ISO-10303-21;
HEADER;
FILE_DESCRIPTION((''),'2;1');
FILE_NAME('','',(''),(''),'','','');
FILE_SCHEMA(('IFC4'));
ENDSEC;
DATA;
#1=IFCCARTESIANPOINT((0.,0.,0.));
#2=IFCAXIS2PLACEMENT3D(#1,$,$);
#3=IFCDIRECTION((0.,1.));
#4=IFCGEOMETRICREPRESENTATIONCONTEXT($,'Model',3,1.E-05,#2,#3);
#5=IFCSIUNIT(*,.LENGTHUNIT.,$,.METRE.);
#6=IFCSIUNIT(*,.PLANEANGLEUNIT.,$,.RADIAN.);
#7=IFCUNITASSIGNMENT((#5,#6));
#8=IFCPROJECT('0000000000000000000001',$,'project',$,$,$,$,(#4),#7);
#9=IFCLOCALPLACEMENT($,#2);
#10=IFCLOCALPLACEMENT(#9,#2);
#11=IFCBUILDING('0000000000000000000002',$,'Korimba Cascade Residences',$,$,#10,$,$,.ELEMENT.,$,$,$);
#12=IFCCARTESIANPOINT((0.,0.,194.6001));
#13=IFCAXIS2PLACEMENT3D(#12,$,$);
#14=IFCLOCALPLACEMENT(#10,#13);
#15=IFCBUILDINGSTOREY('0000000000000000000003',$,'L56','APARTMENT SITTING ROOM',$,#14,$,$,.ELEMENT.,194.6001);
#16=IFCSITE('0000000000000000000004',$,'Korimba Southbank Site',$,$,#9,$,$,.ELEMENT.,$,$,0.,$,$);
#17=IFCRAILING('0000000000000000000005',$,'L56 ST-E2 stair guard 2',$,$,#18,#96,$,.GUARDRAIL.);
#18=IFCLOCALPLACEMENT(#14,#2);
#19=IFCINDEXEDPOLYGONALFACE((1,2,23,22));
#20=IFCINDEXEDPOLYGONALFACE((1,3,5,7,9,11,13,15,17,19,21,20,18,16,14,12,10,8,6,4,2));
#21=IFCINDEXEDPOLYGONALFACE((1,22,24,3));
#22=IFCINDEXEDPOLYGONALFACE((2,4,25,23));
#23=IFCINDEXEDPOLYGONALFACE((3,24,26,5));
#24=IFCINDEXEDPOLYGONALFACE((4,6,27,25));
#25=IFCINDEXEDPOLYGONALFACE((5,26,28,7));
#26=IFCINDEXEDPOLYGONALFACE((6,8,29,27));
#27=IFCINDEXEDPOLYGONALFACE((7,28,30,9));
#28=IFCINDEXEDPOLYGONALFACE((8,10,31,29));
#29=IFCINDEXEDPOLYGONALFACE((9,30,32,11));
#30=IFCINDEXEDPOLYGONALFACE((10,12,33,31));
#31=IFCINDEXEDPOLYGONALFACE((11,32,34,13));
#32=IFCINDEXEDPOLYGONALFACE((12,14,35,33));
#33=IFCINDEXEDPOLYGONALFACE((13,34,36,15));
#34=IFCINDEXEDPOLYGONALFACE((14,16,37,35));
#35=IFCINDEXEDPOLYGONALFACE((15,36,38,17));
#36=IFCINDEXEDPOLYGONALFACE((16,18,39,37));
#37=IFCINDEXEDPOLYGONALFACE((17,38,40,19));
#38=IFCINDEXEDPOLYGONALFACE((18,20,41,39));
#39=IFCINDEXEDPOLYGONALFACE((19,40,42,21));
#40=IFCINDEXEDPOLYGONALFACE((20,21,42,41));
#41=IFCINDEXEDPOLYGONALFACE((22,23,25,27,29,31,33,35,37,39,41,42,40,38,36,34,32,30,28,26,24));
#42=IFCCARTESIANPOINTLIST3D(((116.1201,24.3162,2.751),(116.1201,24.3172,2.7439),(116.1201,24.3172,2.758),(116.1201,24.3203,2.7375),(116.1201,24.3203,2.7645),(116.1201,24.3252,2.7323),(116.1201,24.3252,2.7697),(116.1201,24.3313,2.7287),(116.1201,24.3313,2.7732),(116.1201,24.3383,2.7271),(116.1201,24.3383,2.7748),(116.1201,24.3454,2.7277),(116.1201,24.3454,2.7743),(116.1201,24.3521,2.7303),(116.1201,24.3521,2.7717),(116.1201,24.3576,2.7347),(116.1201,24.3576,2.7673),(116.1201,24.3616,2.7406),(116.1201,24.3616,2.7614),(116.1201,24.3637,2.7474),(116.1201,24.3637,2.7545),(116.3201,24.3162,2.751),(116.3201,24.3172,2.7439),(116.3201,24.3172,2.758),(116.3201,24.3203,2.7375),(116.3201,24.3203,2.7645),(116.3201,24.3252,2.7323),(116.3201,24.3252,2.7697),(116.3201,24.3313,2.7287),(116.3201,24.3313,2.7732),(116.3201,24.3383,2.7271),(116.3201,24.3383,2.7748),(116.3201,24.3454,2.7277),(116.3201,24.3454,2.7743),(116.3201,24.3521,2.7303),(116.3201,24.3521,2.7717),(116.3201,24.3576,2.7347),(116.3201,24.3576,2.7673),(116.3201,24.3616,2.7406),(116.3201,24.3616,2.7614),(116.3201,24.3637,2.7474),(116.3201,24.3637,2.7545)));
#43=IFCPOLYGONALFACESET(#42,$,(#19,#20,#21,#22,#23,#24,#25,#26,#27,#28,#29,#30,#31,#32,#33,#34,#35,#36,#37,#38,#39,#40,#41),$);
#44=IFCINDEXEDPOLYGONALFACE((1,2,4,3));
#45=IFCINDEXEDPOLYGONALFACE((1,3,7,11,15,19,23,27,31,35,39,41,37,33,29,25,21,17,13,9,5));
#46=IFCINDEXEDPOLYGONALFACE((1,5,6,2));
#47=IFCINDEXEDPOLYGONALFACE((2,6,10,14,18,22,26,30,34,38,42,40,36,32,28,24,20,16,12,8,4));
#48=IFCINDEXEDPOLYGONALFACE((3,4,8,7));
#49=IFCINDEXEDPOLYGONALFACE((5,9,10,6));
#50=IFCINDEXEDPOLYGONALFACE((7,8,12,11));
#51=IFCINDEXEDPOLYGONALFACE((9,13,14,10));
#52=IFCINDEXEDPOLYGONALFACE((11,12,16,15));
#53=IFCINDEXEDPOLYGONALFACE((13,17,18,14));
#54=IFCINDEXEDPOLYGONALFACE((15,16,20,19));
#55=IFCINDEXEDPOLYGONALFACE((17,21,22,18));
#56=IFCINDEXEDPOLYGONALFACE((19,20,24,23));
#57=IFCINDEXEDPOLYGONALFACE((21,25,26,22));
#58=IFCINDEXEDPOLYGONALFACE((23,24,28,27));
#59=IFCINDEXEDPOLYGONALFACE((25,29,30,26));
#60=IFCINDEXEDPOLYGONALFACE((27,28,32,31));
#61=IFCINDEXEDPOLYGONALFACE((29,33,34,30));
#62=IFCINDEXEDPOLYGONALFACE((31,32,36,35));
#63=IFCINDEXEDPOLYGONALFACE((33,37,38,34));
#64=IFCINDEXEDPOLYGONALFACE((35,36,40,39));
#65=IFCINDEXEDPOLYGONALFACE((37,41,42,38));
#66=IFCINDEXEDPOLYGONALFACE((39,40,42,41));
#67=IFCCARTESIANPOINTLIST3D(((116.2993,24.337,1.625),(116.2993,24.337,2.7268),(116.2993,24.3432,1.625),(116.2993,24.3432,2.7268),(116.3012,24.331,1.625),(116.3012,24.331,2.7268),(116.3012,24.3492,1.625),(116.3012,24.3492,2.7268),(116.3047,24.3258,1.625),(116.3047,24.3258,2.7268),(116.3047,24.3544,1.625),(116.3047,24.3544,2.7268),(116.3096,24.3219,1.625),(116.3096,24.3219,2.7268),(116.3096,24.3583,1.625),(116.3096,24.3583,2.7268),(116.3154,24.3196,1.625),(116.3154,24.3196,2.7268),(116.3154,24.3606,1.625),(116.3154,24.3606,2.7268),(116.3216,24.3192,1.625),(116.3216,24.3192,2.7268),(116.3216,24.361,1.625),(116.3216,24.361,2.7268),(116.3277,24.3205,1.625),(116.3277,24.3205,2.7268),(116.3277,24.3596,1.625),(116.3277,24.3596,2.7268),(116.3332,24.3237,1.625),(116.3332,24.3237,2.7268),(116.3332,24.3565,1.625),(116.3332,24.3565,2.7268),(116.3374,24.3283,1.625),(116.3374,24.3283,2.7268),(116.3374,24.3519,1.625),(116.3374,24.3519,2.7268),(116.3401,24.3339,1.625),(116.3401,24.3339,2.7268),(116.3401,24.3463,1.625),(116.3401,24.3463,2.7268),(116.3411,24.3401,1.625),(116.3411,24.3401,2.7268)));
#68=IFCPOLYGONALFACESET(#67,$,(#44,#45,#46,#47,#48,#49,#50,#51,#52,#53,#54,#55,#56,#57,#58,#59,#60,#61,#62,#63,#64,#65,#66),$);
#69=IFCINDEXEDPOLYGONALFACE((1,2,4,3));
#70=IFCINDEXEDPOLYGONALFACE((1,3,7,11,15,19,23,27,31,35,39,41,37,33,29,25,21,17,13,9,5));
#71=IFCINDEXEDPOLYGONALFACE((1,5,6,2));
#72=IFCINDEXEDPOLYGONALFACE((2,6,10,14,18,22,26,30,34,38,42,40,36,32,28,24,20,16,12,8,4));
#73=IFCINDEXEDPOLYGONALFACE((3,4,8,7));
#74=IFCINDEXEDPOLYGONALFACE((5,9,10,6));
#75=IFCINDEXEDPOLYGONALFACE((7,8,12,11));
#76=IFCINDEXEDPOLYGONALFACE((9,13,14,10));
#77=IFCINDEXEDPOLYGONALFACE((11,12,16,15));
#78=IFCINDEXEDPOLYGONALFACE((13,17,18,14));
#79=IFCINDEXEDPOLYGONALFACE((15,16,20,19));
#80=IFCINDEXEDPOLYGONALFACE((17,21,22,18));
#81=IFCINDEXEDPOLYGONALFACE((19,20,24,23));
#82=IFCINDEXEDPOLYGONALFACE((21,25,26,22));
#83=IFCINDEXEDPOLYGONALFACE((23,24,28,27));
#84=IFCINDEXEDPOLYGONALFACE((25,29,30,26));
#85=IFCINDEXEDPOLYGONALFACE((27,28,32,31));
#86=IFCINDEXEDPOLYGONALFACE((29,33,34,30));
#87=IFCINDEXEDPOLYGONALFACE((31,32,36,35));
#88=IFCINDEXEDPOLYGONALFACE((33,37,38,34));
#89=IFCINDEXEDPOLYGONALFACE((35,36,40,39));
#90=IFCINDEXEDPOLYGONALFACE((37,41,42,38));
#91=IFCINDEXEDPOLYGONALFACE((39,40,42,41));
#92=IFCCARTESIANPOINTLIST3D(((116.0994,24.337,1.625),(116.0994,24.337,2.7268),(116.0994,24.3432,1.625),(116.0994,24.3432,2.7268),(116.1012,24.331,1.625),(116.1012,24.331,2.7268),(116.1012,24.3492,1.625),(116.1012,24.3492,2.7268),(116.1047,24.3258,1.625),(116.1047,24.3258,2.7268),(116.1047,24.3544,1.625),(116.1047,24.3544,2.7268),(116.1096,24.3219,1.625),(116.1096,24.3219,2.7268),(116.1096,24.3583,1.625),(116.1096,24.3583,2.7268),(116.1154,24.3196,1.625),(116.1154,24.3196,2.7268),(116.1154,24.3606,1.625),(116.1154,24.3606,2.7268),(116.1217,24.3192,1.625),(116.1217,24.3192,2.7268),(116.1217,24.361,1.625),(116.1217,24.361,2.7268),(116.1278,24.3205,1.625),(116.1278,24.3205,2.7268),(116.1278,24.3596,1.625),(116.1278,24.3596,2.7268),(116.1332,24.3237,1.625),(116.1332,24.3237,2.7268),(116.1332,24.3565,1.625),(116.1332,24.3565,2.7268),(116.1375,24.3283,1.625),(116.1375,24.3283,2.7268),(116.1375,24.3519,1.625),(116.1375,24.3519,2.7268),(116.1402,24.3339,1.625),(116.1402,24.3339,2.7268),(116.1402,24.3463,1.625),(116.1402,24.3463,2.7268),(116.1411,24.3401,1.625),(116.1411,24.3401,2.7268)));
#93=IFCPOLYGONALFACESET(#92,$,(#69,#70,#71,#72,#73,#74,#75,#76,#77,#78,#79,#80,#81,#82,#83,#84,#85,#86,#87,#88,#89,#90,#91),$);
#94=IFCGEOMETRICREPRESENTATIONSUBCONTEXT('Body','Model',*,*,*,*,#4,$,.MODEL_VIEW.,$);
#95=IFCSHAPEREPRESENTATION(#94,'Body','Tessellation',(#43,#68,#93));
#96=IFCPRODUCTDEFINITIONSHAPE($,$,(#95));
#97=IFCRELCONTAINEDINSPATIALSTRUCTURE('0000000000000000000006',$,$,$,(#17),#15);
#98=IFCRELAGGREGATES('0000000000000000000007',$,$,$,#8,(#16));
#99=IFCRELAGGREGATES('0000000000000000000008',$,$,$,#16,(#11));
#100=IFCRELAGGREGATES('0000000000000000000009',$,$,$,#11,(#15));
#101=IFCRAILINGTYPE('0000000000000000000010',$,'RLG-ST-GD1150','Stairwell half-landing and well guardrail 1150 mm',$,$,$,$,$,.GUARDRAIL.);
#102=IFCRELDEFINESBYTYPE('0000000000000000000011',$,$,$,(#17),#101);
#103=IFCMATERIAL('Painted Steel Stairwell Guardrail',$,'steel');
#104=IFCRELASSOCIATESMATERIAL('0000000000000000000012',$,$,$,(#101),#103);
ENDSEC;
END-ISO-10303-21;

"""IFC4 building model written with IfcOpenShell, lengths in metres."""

from ifc_helpers import new_model, si_unit, direction, frame, origin, origin_2d, place, context, subcontext, project, spatial, circle, extrude, material, type_object, element, save


model = new_model("IFC4")

# Units and contexts
model_context = context("Model", 3, precision=1e-05, world=origin(), true_north=direction((0.0, 1.0)))
body_context = subcontext(model_context, "Body", "Model", "MODEL_VIEW")
ifc_project = project(units=[si_unit("LENGTHUNIT", "METRE"), si_unit("PLANEANGLEUNIT", "RADIAN")], contexts=[model_context])

# Site, building, storey
site_placement = place(None, origin())
site = spatial("IfcSite", under=ifc_project, at=site_placement, Name="Korimba Southbank Site", CompositionType="ELEMENT", RefElevation=0.0)
building_placement = place(site_placement, origin())
building = spatial("IfcBuilding", under=site, at=building_placement, Name="Korimba Cascade Residences", CompositionType="ELEMENT")
storey_placement = place(building_placement, frame((0.0, 0.0, 194.6001)))
storey = spatial("IfcBuildingStorey", under=building, at=storey_placement, Name="L56", Description="APARTMENT SITTING ROOM", CompositionType="ELEMENT", Elevation=194.6001)

# Railing
ifc_material_1 = material(Name="Painted Steel Stairwell Guardrail", Category="steel")
railing_type_1 = type_object("IfcRailingType", Name="RLG-ST-GD1150", Description="Stairwell half-landing and well guardrail 1150 mm", PredefinedType="GUARDRAIL", material=ifc_material_1)
railing_1_placement = place(storey_placement, frame((116.3201, 24.3401, 1.625)))
element("IfcRailing", 1, at=railing_1_placement, inside=storey, type_object=railing_type_1, Name="L56 ST-E2 stair guard 2", PredefinedType="GUARDRAIL", context=body_context, shape_type="SweptSolid", body=[
    extrude(circle(Radius=0.0239, at=origin_2d()), frame((0.0, 0.0, 1.126), z_axis=(-1.0, 0.0, 0.0), x_axis=(0.0, -1.0, 0.0)), (0.0, 0.0, 1.0), 0.2),
    extrude(circle(Radius=0.021, at=origin_2d()), origin(), (0.0, 0.0, 1.0), 1.1018),
    extrude(circle(Radius=0.021, at=origin_2d()), frame((-0.2, 0.0, 0.0)), (0.0, 0.0, 1.0), 1.1018),
])

save(model, "model.ifc")
